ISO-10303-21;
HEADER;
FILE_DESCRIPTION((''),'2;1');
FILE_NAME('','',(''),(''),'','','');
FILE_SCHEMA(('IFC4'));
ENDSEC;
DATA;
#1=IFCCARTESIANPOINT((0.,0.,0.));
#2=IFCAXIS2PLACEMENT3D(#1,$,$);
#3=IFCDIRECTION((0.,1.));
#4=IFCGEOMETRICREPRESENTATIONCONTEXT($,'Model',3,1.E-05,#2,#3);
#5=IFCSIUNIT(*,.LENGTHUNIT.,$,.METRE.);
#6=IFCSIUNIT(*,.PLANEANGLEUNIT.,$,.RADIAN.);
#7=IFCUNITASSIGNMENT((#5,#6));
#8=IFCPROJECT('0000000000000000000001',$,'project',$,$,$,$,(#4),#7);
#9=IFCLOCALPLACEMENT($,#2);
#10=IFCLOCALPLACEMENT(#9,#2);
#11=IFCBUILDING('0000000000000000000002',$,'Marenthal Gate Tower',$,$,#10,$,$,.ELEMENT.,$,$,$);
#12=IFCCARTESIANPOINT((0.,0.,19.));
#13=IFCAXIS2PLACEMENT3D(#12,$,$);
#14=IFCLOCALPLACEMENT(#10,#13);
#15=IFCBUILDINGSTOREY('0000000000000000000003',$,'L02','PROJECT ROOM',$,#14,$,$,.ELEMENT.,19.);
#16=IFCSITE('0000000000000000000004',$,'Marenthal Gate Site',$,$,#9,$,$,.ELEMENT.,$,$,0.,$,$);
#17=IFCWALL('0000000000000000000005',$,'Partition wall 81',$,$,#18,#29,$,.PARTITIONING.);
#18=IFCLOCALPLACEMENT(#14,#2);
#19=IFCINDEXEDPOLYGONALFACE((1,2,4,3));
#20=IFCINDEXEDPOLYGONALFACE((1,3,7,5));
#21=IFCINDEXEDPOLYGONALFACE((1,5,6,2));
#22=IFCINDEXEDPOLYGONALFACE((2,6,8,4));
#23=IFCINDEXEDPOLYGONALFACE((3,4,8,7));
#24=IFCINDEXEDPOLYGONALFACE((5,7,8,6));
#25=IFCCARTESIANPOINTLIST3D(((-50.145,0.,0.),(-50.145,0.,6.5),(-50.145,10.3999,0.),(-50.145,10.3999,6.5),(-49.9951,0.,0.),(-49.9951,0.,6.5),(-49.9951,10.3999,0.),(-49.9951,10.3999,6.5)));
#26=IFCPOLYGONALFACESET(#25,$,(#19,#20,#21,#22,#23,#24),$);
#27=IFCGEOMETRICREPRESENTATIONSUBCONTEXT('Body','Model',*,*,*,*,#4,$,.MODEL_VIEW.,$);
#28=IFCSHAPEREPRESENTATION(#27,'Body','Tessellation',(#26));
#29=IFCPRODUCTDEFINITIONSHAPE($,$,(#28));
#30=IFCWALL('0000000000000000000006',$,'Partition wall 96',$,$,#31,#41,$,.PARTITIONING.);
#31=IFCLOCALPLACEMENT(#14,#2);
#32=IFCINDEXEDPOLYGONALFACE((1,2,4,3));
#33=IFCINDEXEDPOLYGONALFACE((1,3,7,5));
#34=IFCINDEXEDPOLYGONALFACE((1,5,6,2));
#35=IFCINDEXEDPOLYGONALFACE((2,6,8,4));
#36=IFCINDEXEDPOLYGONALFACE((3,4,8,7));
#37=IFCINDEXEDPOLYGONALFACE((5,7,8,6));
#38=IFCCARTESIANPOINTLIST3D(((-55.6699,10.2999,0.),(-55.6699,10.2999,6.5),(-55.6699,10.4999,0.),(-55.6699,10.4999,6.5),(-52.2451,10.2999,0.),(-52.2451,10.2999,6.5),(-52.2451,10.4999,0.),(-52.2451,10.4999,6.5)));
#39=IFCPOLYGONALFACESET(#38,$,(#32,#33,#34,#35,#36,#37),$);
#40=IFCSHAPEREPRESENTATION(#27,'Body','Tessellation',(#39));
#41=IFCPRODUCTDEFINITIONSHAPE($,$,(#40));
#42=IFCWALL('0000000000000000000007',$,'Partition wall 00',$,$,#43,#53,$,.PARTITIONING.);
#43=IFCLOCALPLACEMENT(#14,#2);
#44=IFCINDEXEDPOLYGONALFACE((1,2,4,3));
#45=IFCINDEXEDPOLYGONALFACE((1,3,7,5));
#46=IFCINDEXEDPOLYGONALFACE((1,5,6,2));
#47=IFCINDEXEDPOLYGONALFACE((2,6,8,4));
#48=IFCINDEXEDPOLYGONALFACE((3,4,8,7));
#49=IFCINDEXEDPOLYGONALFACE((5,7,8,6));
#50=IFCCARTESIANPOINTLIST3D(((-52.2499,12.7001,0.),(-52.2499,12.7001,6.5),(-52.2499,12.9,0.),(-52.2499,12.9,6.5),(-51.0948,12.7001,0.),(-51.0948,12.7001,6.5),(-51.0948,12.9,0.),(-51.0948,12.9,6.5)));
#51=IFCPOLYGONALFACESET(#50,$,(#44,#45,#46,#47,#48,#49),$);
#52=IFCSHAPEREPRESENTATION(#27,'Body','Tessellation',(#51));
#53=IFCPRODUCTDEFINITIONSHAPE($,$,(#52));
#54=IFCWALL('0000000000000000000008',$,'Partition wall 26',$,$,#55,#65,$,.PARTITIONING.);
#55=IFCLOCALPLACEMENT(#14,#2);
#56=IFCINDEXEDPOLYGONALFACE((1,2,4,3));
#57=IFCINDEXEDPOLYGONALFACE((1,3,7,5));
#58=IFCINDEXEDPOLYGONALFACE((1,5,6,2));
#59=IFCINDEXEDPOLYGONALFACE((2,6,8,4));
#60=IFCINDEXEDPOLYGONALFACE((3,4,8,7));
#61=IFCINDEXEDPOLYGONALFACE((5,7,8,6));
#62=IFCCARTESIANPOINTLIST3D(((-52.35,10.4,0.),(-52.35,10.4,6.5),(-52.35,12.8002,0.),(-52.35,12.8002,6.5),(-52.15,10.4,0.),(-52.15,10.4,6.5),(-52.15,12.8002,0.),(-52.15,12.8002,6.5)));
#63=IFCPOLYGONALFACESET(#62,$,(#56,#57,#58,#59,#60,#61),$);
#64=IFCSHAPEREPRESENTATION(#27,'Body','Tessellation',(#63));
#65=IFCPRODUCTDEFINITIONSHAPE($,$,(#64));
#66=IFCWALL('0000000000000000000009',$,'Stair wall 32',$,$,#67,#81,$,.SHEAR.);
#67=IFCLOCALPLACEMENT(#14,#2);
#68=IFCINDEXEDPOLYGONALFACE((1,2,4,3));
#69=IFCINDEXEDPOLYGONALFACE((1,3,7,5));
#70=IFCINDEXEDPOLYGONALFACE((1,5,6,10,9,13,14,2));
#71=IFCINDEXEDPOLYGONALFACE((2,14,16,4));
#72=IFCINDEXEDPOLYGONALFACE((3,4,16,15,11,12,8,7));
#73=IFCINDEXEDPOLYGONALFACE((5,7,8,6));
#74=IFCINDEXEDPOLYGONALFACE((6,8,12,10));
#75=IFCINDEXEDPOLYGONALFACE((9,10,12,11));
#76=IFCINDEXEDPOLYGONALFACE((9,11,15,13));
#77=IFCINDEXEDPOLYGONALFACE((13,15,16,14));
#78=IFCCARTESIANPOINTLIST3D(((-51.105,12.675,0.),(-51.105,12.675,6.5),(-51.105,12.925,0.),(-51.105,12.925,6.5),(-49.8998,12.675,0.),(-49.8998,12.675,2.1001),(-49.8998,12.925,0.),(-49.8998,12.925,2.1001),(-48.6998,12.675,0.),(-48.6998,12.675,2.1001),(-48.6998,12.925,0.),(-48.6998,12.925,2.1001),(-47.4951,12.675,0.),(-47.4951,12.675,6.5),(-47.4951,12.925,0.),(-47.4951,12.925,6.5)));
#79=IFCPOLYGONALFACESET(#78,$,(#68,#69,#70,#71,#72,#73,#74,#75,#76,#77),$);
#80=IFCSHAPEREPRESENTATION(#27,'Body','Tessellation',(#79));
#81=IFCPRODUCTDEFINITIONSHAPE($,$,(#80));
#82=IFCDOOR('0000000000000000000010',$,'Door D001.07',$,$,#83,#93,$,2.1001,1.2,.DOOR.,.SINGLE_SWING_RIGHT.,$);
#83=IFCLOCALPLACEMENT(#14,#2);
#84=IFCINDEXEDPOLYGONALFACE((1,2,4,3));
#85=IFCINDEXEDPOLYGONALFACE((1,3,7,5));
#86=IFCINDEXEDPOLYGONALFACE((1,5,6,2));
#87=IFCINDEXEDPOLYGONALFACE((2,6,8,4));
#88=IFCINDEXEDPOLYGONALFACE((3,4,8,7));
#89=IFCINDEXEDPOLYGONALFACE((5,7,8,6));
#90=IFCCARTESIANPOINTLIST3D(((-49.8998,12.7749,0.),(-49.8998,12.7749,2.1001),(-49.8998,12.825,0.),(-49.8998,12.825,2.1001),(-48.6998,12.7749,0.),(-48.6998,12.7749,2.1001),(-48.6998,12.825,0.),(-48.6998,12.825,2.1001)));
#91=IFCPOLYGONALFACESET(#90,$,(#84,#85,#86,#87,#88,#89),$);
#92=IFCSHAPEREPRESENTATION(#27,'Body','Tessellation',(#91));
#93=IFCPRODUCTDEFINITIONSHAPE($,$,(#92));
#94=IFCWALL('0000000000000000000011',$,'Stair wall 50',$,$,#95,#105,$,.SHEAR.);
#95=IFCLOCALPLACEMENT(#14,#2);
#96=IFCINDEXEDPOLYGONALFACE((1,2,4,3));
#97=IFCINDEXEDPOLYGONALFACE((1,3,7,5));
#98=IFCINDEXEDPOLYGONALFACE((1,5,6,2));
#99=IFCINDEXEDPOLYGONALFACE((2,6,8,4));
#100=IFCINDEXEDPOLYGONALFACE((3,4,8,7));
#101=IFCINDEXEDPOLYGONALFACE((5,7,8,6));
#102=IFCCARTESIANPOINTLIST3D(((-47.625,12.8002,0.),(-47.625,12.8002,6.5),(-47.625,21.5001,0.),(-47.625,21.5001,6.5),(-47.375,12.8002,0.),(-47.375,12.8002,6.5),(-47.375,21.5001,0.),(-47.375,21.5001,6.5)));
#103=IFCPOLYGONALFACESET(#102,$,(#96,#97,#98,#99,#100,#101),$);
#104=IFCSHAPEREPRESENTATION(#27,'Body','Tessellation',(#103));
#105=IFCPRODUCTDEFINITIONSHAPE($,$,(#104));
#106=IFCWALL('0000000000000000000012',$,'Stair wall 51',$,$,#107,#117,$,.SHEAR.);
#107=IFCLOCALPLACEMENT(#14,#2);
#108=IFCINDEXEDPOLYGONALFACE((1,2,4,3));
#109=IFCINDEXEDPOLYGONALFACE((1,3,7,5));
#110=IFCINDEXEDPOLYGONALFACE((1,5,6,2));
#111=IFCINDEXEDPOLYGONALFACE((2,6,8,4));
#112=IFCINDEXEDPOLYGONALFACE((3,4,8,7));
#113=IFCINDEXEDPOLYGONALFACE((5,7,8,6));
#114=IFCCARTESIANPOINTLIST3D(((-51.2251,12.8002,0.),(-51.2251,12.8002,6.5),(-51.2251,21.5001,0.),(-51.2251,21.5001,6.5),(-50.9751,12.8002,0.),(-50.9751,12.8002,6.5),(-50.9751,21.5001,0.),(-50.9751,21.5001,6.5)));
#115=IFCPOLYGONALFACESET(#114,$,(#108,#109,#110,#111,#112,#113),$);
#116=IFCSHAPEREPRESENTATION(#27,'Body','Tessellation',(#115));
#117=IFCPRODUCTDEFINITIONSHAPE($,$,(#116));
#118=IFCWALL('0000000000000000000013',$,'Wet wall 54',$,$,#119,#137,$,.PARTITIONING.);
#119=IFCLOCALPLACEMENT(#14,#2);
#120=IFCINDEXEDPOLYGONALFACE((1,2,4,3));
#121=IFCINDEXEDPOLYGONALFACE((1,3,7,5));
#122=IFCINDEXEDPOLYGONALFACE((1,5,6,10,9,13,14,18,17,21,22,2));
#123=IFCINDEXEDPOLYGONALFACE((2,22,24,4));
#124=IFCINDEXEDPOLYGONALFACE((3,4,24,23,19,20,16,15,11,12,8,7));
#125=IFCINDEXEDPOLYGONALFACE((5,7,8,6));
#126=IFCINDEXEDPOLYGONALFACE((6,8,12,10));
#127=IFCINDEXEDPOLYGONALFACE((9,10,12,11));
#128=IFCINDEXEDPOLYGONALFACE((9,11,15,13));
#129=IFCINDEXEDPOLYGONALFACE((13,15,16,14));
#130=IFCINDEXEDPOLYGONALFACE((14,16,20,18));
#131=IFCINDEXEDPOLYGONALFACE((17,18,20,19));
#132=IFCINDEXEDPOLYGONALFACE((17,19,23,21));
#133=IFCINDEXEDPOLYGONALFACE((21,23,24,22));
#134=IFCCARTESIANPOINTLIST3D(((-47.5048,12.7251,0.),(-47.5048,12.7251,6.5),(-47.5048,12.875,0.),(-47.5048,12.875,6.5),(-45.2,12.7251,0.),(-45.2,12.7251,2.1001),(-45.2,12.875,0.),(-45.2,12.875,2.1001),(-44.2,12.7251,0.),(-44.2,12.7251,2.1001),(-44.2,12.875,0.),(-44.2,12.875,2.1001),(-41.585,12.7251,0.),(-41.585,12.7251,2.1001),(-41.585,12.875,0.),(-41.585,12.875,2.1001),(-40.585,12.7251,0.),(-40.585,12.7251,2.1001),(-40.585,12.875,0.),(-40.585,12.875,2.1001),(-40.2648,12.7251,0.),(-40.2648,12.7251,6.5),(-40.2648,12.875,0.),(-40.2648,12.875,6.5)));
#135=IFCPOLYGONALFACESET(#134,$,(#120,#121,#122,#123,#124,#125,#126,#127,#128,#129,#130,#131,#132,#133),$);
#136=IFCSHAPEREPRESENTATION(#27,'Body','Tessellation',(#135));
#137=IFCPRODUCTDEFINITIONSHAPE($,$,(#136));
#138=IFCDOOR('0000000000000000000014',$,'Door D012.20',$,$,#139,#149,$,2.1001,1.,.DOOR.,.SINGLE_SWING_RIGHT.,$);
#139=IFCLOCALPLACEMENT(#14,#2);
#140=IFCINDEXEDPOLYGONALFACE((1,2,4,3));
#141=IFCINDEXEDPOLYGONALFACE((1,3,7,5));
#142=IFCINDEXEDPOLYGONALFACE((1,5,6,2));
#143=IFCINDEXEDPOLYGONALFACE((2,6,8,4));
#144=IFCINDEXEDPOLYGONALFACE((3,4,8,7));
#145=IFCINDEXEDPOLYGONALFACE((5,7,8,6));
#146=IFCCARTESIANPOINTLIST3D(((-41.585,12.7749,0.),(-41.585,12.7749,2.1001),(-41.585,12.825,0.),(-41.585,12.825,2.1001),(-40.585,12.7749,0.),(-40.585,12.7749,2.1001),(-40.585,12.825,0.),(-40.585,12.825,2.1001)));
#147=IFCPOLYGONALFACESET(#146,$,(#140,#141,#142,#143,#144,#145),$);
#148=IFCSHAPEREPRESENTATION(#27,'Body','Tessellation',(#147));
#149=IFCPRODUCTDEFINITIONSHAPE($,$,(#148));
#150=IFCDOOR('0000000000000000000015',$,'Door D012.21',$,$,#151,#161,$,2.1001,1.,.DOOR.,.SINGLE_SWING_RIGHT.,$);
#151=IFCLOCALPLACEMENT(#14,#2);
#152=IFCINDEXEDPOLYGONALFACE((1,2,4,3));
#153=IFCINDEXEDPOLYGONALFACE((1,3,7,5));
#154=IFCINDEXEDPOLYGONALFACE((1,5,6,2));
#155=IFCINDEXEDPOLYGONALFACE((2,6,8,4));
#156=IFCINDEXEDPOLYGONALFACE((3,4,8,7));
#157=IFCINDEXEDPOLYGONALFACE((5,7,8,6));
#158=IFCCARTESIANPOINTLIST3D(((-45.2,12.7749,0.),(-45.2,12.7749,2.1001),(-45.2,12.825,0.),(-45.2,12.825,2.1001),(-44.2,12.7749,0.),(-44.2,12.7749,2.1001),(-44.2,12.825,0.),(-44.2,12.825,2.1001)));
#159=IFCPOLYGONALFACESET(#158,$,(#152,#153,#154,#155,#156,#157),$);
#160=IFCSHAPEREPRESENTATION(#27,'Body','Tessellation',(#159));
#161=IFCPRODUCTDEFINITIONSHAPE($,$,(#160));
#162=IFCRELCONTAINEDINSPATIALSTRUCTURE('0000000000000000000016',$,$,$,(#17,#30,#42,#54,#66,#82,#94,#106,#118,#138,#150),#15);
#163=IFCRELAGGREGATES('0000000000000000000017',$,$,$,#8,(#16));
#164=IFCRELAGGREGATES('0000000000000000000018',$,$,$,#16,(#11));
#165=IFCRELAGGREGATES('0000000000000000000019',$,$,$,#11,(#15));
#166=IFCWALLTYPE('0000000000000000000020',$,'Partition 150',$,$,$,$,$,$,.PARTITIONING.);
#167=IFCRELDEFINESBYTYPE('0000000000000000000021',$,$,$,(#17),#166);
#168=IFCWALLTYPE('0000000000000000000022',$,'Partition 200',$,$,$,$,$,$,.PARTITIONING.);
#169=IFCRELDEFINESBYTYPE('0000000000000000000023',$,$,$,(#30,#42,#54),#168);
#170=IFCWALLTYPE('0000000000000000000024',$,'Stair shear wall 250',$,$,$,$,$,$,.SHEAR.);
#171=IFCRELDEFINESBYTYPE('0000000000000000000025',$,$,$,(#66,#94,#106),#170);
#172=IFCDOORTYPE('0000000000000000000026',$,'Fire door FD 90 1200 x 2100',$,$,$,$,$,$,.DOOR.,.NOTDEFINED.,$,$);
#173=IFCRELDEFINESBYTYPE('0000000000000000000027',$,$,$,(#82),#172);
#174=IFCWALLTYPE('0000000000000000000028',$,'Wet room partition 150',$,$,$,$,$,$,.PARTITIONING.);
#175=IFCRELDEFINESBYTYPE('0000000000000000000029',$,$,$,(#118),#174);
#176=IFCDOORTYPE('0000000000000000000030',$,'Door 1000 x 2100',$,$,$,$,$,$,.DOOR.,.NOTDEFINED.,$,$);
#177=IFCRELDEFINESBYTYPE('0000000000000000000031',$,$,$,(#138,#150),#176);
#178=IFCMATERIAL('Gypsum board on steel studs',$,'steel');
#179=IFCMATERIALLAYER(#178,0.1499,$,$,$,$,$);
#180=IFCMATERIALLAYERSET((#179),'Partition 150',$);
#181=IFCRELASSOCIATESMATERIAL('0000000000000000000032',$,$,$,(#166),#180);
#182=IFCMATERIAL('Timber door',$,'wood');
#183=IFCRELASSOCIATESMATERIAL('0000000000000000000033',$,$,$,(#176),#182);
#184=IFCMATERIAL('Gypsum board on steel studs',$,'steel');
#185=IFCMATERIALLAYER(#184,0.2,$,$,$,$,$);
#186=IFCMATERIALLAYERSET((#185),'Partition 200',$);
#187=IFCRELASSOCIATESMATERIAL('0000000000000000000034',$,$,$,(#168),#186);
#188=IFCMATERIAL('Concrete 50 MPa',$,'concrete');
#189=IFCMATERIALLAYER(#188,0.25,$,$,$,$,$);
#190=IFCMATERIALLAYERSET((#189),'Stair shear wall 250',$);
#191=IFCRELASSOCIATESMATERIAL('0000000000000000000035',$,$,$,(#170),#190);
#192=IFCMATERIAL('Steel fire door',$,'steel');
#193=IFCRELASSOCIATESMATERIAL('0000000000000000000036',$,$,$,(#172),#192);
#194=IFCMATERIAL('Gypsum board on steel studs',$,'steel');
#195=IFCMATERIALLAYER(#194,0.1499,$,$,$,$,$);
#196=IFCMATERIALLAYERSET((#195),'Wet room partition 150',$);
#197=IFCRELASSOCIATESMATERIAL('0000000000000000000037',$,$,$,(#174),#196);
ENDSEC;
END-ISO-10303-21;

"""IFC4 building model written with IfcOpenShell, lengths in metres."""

from ifc_helpers import new_model, si_unit, direction, frame, frame_2d, origin, place, context, subcontext, project, spatial, rectangle, extrude, material, layer, layer_set, type_object, element, fill, save


model = new_model("IFC4")

# Units and contexts
model_context = context("Model", 3, precision=1e-05, world=origin(), true_north=direction((0.0, 1.0)))
body_context = subcontext(model_context, "Body", "Model", "MODEL_VIEW")
ifc_project = project(units=[si_unit("LENGTHUNIT", "METRE"), si_unit("PLANEANGLEUNIT", "RADIAN")], contexts=[model_context])

# Site, building, storey
site_placement = place(None, origin())
site = spatial("IfcSite", under=ifc_project, at=site_placement, Name="Marenthal Gate Site", CompositionType="ELEMENT", RefElevation=0.0)
building_placement = place(site_placement, origin())
building = spatial("IfcBuilding", under=site, at=building_placement, Name="Marenthal Gate Tower", CompositionType="ELEMENT")
storey_placement = place(building_placement, frame((0.0, 0.0, 19.0)))
storey = spatial("IfcBuildingStorey", under=building, at=storey_placement, Name="L02", Description="PROJECT ROOM", CompositionType="ELEMENT", Elevation=19.0)

# Shared definitions
ifc_material_1 = material(Name="Gypsum board on steel studs", Category="steel")
ifc_layer_1 = layer(ifc_material_1, 0.1499)
ifc_layer_set_1 = layer_set([ifc_layer_1], Name="Partition 150")
wall_type_1 = type_object("IfcWallType", Name="Partition 150", PredefinedType="PARTITIONING", material=ifc_layer_set_1)

# Shared definitions
ifc_material_2 = material(Name="Timber door", Category="wood")
door_type_1 = type_object("IfcDoorType", Name="Door 1000 x 2100", OperationType="NOTDEFINED", PredefinedType="DOOR", material=ifc_material_2)

# Walls
for number, where, z_axis, x_axis, name in (
    (1, (-50.0701, 0.0, 0.0), (0.0, 0.0, 1.0), (0.0, 1.0, 0.0), "Partition wall 81"),
):
    element("IfcWall", number, at=place(storey_placement, frame(where, z_axis=z_axis, x_axis=x_axis)), inside=storey, type_object=wall_type_1, Name=name, PredefinedType="PARTITIONING", context=body_context, shape_type="SweptSolid", body=[
        extrude(rectangle(XDim=10.3999, YDim=0.1499, at=frame_2d((5.2, 0.0))), origin(), (0.0, 0.0, 1.0), 6.5),
    ])
ifc_material_3 = material(Name="Gypsum board on steel studs", Category="steel")
ifc_layer_2 = layer(ifc_material_3, 0.2)
ifc_layer_set_2 = layer_set([ifc_layer_2], Name="Partition 200")
wall_type_2 = type_object("IfcWallType", Name="Partition 200", PredefinedType="PARTITIONING", material=ifc_layer_set_2)
wall_1_placement = place(storey_placement, frame((-55.6699, 10.3999, 0.0), z_axis=(0.0, 0.0, 1.0), x_axis=(1.0, 0.0, 0.0)))
element("IfcWall", 2, at=wall_1_placement, inside=storey, type_object=wall_type_2, Name="Partition wall 96", PredefinedType="PARTITIONING", context=body_context, shape_type="SweptSolid", body=[
    extrude(rectangle(XDim=3.4248, YDim=0.2, at=frame_2d((1.7124, 0.0))), origin(), (0.0, 0.0, 1.0), 6.5),
])
wall_2_placement = place(storey_placement, frame((-52.25, 12.8, 0.0), z_axis=(0.0, 0.0, 1.0), x_axis=(1.0, 0.0, 0.0)))
element("IfcWall", 3, at=wall_2_placement, inside=storey, type_object=wall_type_2, Name="Partition wall 00", PredefinedType="PARTITIONING", context=body_context, shape_type="SweptSolid", body=[
    extrude(rectangle(XDim=1.155, YDim=0.2, at=frame_2d((0.5776, 0.0))), origin(), (0.0, 0.0, 1.0), 6.5),
])
wall_3_placement = place(storey_placement, frame((-52.25, 10.3999, 0.0), z_axis=(0.0, 0.0, 1.0), x_axis=(0.0, 1.0, 0.0)))
element("IfcWall", 4, at=wall_3_placement, inside=storey, type_object=wall_type_2, Name="Partition wall 26", PredefinedType="PARTITIONING", context=body_context, shape_type="SweptSolid", body=[
    extrude(rectangle(XDim=2.4001, YDim=0.2, at=frame_2d((1.2002, 0.0))), origin(), (0.0, 0.0, 1.0), 6.5),
])

# Wall, opening, door
ifc_material_4 = material(Name="Concrete 50 MPa", Category="concrete")
ifc_layer_3 = layer(ifc_material_4, 0.25)
ifc_layer_set_3 = layer_set([ifc_layer_3], Name="Stair shear wall 250")
wall_type_3 = type_object("IfcWallType", Name="Stair shear wall 250", PredefinedType="SHEAR", material=ifc_layer_set_3)
wall_4_placement = place(storey_placement, frame((-51.105, 12.8, 0.0), z_axis=(0.0, 0.0, 1.0), x_axis=(1.0, 0.0, 0.0)))
wall_4 = element("IfcWall", 5, at=wall_4_placement, inside=storey, type_object=wall_type_3, Name="Stair wall 32", PredefinedType="SHEAR", context=body_context, shape_type="SweptSolid", body=[
    extrude(rectangle(XDim=3.6099, YDim=0.25, at=frame_2d((1.8049, 0.0))), origin(), (0.0, 0.0, 1.0), 6.5),
])
opening_1_placement = place(wall_4_placement, frame((1.2051, 0.0, 0.0)))
opening_1 = element("IfcOpeningElement", 6, at=opening_1_placement, cuts=wall_4, PredefinedType="OPENING", context=body_context, shape_type="SweptSolid", body=[
    extrude(rectangle(XDim=1.2, YDim=2.1001, at=frame_2d((0.6001, 1.05))), frame((0.0, 0.135, 0.0), z_axis=(0.0, -1.0, 0.0), x_axis=(1.0, 0.0, 0.0)), (0.0, 0.0, 1.0), 0.27),
])
ifc_material_5 = material(Name="Steel fire door", Category="steel")
door_type_2 = type_object("IfcDoorType", Name="Fire door FD 90 1200 x 2100", OperationType="NOTDEFINED", PredefinedType="DOOR", material=ifc_material_5)
door_1_placement = place(opening_1_placement, origin())
door_1 = element("IfcDoor", 7, at=door_1_placement, inside=storey, type_object=door_type_2, Name="Door D001.07", OperationType="SINGLE_SWING_RIGHT", OverallHeight=2.1001, OverallWidth=1.2, PredefinedType="DOOR", context=body_context, shape_type="SweptSolid", body=[
    extrude(rectangle(XDim=1.2, YDim=2.1001, at=frame_2d((0.6001, 1.05))), frame((0.0, 0.0249, 0.0), z_axis=(0.0, -1.0, 0.0), x_axis=(1.0, 0.0, 0.0)), (0.0, 0.0, 1.0), 0.05),
])
fill(opening_1, door_1)

# Walls
for number, where, z_axis, x_axis, name in (
    (8, (-47.5, 12.8, 0.0), (0.0, 0.0, 1.0), (0.0, 1.0, 0.0), "Stair wall 50"),
    (9, (-51.1001, 12.8, 0.0), (0.0, 0.0, 1.0), (0.0, 1.0, 0.0), "Stair wall 51"),
):
    element("IfcWall", number, at=place(storey_placement, frame(where, z_axis=z_axis, x_axis=x_axis)), inside=storey, type_object=wall_type_3, Name=name, PredefinedType="SHEAR", context=body_context, shape_type="SweptSolid", body=[
        extrude(rectangle(XDim=8.7, YDim=0.25, at=frame_2d((4.3501, 0.0))), origin(), (0.0, 0.0, 1.0), 6.5),
    ])

# Wall, openings, doors
ifc_material_6 = material(Name="Gypsum board on steel studs", Category="steel")
ifc_layer_4 = layer(ifc_material_6, 0.1499)
ifc_layer_set_4 = layer_set([ifc_layer_4], Name="Wet room partition 150")
wall_type_4 = type_object("IfcWallType", Name="Wet room partition 150", PredefinedType="PARTITIONING", material=ifc_layer_set_4)
wall_5_placement = place(storey_placement, frame((-47.5049, 12.8, 0.0), z_axis=(0.0, 0.0, 1.0), x_axis=(1.0, 0.0, 0.0)))
wall_5 = element("IfcWall", 10, at=wall_5_placement, inside=storey, type_object=wall_type_4, Name="Wet wall 54", PredefinedType="PARTITIONING", context=body_context, shape_type="SweptSolid", body=[
    extrude(rectangle(XDim=7.24, YDim=0.1499, at=frame_2d((3.6201, 0.0))), origin(), (0.0, 0.0, 1.0), 6.5),
])
opening_2_placement = place(wall_5_placement, frame((5.9199, 0.0, 0.0)))
opening_2 = element("IfcOpeningElement", 11, at=opening_2_placement, cuts=wall_5, PredefinedType="OPENING", context=body_context, shape_type="SweptSolid", body=[
    extrude(rectangle(XDim=1.0, YDim=2.1001, at=frame_2d((0.5, 1.05))), frame((0.0, 0.085, 0.0), z_axis=(0.0, -1.0, 0.0), x_axis=(1.0, 0.0, 0.0)), (0.0, 0.0, 1.0), 0.1699),
])
opening_3_placement = place(wall_5_placement, frame((2.3049, 0.0, 0.0)))
opening_3 = element("IfcOpeningElement", 12, at=opening_3_placement, cuts=wall_5, PredefinedType="OPENING", context=body_context, shape_type="SweptSolid", body=[
    extrude(rectangle(XDim=1.0, YDim=2.1001, at=frame_2d((0.5, 1.05))), frame((0.0, 0.085, 0.0), z_axis=(0.0, -1.0, 0.0), x_axis=(1.0, 0.0, 0.0)), (0.0, 0.0, 1.0), 0.1699),
])
door_2_placement = place(opening_2_placement, origin())
door_2 = element("IfcDoor", 13, at=door_2_placement, inside=storey, type_object=door_type_1, Name="Door D012.20", OperationType="SINGLE_SWING_RIGHT", OverallHeight=2.1001, OverallWidth=1.0, PredefinedType="DOOR", context=body_context, shape_type="SweptSolid", body=[
    extrude(rectangle(XDim=1.0, YDim=2.1001, at=frame_2d((0.5, 1.05))), frame((0.0, 0.0249, 0.0), z_axis=(0.0, -1.0, 0.0), x_axis=(1.0, 0.0, 0.0)), (0.0, 0.0, 1.0), 0.05),
])
fill(opening_2, door_2)
door_3_placement = place(opening_3_placement, origin())
door_3 = element("IfcDoor", 14, at=door_3_placement, inside=storey, type_object=door_type_1, Name="Door D012.21", OperationType="SINGLE_SWING_RIGHT", OverallHeight=2.1001, OverallWidth=1.0, PredefinedType="DOOR", context=body_context, shape_type="SweptSolid", body=[
    extrude(rectangle(XDim=1.0, YDim=2.1001, at=frame_2d((0.5, 1.05))), frame((0.0, 0.0249, 0.0), z_axis=(0.0, -1.0, 0.0), x_axis=(1.0, 0.0, 0.0)), (0.0, 0.0, 1.0), 0.05),
])
fill(opening_3, door_3)

save(model, "model.ifc")
